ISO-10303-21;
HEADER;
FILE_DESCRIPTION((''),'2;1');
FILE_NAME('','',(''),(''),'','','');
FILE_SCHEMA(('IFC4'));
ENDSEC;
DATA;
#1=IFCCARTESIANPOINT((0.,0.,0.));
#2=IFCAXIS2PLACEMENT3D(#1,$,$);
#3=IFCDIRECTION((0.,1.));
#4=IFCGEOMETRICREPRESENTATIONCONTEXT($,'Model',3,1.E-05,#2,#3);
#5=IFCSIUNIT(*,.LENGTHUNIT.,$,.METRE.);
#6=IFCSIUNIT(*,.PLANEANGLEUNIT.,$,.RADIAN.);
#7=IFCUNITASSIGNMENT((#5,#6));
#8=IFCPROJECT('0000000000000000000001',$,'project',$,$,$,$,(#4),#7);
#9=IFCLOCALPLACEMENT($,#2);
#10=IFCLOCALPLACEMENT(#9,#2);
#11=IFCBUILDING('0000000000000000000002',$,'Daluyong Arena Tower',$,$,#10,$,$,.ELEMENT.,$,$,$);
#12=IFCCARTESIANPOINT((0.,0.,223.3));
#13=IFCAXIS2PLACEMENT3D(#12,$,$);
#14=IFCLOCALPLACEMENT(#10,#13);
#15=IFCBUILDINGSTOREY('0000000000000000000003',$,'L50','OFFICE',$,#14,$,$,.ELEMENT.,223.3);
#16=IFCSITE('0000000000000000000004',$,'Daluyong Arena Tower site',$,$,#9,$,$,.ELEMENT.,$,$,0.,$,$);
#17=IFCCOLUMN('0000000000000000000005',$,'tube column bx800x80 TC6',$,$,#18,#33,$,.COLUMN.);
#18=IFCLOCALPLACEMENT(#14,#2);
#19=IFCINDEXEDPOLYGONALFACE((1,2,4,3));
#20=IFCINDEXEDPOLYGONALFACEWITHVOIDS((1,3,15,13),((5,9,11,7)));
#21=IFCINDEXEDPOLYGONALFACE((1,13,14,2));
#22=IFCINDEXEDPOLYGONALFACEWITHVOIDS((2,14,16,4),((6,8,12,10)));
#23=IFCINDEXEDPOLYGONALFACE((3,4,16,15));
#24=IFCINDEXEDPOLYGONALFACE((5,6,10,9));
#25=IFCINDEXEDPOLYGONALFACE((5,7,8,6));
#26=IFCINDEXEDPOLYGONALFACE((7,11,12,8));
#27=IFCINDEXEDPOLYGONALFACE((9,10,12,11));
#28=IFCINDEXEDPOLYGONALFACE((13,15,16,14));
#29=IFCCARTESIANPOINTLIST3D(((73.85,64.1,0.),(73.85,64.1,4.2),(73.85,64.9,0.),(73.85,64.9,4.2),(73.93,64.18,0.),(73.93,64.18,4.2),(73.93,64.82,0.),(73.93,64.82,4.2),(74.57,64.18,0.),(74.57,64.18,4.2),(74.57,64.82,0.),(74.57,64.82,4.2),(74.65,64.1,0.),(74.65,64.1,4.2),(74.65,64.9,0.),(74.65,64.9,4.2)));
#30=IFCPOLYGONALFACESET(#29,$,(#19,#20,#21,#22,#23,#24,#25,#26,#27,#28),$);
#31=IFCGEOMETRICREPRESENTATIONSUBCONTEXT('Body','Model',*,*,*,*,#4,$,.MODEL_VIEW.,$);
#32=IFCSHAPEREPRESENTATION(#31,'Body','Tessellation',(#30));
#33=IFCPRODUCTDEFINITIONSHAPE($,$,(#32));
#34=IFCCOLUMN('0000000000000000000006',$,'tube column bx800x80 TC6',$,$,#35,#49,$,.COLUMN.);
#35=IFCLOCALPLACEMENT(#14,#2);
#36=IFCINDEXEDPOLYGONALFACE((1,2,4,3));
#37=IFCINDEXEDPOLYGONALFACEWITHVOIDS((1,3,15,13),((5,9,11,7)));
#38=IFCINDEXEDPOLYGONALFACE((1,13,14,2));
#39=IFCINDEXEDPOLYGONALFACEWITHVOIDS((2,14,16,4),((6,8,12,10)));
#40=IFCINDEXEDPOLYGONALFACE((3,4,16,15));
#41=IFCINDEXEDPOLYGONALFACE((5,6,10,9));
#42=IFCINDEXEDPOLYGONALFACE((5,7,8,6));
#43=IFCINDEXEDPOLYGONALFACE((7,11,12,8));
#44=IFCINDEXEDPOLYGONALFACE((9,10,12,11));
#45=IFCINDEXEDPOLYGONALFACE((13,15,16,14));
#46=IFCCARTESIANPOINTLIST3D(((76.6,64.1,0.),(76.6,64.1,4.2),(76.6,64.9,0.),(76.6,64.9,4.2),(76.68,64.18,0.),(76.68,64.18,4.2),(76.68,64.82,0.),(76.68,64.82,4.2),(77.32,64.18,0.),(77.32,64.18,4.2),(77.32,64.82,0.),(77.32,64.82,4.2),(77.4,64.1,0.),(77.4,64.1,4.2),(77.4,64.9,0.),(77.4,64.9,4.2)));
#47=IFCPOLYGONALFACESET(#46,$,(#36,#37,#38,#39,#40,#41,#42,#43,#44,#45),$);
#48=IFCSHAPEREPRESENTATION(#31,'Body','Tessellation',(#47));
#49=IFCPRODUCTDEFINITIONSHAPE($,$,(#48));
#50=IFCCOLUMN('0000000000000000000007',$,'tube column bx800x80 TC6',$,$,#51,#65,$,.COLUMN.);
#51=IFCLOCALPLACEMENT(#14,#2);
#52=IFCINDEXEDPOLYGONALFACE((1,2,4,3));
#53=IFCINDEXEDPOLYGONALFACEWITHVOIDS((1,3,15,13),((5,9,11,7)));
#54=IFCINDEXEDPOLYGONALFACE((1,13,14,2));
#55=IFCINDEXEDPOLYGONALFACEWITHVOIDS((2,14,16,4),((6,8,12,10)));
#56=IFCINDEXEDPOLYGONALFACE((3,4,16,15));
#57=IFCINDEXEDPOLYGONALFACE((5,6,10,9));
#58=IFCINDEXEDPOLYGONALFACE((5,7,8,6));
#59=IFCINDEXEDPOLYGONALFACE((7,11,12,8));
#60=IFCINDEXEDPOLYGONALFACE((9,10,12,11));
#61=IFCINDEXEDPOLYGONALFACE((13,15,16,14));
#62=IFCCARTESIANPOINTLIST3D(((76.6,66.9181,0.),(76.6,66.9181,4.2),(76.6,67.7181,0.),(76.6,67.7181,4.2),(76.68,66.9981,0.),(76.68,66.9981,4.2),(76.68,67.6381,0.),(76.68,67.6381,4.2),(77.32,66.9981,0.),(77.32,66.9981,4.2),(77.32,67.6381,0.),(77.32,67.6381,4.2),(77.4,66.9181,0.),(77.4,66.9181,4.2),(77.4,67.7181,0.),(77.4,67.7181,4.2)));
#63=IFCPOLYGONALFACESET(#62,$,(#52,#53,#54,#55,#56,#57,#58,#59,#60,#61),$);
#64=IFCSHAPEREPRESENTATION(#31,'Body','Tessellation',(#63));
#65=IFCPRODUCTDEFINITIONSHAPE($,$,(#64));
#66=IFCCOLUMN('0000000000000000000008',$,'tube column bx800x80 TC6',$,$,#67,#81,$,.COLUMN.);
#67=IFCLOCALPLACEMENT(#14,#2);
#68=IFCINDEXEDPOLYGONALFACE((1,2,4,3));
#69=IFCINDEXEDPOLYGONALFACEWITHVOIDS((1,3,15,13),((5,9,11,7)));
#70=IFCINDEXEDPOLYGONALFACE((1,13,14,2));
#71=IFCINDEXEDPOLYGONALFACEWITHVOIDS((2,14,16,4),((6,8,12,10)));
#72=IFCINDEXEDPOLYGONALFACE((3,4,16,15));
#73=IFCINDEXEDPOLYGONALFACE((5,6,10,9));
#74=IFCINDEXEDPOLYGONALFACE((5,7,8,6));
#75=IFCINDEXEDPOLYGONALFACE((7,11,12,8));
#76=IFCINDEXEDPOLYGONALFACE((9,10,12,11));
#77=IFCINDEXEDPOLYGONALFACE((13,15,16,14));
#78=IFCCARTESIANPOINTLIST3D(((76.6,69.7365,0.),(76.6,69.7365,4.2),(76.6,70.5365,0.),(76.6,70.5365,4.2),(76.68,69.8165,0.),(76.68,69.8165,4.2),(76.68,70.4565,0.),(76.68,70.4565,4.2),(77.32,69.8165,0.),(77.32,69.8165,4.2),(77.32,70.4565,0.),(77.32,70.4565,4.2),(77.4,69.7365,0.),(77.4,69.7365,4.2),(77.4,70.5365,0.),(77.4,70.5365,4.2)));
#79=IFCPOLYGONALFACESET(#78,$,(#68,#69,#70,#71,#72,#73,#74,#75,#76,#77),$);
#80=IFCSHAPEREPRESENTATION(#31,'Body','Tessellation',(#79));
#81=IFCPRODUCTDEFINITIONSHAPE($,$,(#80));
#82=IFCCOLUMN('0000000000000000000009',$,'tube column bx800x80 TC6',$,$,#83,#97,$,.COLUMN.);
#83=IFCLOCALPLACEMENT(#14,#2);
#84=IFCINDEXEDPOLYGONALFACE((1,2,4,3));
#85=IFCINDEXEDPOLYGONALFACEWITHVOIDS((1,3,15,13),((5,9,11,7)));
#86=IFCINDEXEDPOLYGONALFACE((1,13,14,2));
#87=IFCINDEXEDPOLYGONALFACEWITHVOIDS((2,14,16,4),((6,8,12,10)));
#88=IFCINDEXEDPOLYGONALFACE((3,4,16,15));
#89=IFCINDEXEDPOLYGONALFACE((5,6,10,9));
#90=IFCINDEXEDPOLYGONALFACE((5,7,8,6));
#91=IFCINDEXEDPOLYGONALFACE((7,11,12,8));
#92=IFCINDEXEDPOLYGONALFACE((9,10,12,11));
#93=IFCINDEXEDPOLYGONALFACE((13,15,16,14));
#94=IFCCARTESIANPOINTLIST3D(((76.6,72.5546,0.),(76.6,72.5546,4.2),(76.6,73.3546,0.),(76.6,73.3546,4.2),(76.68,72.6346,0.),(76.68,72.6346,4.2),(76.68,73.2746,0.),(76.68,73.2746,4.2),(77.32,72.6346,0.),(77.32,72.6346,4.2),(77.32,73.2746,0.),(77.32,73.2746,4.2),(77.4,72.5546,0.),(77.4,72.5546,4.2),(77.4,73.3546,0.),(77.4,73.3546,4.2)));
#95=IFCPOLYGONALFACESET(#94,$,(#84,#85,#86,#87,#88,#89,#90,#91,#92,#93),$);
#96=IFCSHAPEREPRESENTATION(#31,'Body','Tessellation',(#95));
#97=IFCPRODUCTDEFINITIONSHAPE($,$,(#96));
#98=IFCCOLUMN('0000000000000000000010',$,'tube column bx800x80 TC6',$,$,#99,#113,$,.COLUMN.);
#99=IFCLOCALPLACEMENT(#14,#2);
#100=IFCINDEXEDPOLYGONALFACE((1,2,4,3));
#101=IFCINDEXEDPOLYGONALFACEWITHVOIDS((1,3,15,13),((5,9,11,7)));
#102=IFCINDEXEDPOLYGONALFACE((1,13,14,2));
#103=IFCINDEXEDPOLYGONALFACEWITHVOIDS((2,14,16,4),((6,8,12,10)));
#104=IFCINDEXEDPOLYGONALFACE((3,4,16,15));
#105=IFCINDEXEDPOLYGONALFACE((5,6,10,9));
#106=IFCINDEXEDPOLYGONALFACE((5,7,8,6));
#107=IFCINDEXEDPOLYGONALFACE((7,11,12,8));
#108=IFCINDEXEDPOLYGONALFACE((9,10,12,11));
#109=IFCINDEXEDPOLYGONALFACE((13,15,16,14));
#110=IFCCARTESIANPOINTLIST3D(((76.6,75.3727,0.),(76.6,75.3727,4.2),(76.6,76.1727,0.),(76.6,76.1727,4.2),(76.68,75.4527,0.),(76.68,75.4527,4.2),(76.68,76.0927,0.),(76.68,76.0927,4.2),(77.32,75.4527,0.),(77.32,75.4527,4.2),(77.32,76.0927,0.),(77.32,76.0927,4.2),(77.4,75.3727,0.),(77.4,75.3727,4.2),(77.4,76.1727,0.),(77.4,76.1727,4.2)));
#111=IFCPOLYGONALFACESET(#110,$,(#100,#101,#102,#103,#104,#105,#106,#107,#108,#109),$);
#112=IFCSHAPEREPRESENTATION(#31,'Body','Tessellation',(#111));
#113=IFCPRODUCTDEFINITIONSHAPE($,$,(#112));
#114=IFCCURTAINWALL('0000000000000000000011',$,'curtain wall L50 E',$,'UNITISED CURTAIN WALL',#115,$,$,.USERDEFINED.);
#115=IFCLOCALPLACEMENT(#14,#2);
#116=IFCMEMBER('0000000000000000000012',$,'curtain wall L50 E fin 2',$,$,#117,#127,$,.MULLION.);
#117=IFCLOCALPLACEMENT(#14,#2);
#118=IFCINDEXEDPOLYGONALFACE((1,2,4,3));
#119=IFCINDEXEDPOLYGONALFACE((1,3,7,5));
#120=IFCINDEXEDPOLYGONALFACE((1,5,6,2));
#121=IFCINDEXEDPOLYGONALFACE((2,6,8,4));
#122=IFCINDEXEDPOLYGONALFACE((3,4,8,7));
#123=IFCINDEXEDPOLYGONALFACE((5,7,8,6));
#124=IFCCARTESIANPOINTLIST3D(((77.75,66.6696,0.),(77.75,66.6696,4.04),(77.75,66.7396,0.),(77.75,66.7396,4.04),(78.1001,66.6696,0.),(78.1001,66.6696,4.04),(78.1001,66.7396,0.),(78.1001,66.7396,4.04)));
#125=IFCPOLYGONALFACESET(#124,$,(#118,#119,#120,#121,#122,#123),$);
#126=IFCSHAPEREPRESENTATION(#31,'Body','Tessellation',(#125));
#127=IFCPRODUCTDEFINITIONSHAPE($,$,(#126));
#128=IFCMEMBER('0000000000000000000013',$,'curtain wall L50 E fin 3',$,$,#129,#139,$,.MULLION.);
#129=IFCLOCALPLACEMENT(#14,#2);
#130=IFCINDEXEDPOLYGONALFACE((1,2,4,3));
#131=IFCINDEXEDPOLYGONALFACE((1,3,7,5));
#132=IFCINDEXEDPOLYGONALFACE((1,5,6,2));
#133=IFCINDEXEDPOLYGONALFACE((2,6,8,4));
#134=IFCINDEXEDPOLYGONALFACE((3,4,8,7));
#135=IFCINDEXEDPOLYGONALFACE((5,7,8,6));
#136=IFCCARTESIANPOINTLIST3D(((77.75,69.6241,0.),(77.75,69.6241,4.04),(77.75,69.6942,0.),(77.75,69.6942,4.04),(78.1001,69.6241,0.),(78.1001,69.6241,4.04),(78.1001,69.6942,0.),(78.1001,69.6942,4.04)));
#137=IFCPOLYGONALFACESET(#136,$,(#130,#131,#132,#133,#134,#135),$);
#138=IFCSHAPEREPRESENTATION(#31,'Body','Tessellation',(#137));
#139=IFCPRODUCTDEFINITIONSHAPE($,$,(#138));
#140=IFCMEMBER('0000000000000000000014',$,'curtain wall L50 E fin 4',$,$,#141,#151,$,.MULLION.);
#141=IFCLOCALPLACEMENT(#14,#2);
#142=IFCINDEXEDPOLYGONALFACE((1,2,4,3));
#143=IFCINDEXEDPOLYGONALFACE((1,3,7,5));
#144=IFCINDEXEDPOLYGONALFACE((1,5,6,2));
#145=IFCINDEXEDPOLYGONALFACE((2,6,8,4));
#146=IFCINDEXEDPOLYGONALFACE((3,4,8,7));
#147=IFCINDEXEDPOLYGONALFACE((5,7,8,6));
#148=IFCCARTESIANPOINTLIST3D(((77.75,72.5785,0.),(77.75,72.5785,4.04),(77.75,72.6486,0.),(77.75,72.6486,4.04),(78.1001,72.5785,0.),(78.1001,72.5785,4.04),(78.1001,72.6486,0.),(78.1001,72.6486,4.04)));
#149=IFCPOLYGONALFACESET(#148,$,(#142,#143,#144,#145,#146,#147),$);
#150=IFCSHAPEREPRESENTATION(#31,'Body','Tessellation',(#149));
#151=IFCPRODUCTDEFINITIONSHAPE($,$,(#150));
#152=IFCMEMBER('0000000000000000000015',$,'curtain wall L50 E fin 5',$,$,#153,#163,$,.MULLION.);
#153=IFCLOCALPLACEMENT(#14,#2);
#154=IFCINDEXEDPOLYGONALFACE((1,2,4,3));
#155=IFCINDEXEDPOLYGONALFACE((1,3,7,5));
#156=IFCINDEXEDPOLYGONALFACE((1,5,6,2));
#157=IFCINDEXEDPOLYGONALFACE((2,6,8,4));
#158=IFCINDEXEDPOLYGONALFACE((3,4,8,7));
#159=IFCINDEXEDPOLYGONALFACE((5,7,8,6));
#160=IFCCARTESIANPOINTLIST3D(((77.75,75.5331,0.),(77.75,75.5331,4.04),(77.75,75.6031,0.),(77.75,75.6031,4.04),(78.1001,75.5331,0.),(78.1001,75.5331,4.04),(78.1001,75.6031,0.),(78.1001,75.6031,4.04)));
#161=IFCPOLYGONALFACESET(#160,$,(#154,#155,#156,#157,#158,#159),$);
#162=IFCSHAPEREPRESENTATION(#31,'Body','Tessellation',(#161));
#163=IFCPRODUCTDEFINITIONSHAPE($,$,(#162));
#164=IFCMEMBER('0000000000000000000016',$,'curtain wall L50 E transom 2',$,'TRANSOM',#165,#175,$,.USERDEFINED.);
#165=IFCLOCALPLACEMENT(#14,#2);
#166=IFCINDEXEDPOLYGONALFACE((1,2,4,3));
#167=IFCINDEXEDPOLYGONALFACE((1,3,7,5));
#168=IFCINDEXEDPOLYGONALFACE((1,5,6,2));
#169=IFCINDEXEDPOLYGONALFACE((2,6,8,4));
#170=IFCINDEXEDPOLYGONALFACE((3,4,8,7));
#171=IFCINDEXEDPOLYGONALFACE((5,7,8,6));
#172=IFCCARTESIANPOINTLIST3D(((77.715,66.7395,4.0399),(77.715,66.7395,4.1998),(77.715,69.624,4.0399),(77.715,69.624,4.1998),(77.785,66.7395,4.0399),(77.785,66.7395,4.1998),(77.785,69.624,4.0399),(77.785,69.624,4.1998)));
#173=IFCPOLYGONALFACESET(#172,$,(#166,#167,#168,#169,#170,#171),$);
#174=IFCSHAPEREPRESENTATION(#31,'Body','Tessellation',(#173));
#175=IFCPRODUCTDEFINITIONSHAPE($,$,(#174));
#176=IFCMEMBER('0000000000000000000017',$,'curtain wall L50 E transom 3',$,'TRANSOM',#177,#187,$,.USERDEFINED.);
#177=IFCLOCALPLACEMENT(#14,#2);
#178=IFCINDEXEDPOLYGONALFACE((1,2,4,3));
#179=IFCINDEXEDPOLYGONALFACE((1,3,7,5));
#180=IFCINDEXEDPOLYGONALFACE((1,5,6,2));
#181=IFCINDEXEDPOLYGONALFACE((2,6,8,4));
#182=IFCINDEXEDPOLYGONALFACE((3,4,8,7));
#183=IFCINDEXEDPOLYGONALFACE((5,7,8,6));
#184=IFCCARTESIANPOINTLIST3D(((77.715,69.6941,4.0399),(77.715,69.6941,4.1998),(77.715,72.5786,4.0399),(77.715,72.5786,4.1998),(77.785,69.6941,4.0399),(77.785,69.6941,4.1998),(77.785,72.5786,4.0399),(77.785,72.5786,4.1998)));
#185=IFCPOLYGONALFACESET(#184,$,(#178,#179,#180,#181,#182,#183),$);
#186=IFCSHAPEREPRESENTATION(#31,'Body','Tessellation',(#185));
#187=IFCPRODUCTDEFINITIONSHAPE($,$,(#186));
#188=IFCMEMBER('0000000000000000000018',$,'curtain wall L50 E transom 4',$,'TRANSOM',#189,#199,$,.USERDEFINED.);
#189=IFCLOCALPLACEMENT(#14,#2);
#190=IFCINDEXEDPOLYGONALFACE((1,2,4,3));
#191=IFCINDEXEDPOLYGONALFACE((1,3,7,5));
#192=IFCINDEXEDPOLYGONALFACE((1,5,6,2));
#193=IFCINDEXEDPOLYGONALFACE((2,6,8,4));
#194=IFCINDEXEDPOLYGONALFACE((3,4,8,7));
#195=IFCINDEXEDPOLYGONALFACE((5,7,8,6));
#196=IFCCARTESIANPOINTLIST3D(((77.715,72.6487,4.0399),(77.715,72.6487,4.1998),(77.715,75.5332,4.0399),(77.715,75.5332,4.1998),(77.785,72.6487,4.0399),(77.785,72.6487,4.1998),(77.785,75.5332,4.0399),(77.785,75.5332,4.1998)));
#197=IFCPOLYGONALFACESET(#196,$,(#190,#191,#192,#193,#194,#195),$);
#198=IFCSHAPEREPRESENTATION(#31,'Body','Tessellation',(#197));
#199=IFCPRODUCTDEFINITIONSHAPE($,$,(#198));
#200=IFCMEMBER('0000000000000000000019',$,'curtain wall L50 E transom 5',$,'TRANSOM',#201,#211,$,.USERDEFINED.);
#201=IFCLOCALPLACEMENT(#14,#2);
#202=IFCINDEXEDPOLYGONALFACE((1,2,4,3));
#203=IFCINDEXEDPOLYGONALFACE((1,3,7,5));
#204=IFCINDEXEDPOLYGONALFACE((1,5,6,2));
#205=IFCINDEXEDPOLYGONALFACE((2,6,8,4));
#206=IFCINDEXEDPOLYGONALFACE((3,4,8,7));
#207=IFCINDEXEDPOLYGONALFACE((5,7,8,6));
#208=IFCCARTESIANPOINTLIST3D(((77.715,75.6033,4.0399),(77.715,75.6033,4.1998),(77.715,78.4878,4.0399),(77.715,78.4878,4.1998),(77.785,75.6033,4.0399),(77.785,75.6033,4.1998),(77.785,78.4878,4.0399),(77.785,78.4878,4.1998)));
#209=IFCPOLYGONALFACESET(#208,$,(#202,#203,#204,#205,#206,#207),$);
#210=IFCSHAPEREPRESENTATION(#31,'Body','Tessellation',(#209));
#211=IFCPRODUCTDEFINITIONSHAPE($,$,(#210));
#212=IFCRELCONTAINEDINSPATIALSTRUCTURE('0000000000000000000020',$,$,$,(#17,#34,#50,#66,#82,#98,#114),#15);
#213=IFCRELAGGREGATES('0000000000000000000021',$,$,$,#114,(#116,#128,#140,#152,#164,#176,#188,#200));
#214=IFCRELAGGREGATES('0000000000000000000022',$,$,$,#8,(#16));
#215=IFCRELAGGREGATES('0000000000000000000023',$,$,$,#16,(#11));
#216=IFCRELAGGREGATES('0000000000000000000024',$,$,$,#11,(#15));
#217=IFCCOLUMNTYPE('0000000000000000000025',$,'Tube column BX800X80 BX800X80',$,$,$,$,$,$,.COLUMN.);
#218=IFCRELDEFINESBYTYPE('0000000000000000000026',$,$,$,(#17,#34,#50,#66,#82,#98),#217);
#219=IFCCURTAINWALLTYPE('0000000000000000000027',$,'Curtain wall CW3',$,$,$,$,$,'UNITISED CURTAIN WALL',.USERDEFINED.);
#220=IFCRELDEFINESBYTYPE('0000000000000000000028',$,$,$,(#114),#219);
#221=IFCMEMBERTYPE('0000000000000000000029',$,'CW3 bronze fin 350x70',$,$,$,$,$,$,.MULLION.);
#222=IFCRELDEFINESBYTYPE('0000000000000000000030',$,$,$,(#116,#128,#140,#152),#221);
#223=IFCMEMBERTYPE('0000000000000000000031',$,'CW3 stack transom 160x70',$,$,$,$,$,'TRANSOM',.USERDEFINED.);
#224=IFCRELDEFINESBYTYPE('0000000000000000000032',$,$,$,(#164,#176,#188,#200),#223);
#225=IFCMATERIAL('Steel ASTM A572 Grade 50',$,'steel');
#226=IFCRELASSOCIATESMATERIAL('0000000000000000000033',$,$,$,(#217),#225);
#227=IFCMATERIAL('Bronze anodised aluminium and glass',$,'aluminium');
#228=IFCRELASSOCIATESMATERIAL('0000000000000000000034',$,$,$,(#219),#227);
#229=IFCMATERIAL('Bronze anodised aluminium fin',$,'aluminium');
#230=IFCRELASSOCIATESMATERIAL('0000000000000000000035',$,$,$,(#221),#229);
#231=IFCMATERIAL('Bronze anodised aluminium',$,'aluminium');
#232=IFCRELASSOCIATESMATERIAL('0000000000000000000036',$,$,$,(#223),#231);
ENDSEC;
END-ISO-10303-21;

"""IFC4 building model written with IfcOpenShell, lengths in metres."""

from ifc_helpers import new_model, si_unit, direction, frame, origin, origin_2d, place, context, subcontext, project, spatial, rectangle, hollow_rectangle, extrude, material, material_profile, profile_set, type_object, element, aggregate, save


model = new_model("IFC4")

# Units and contexts
model_context = context("Model", 3, precision=1e-05, world=origin(), true_north=direction((0.0, 1.0)))
body_context = subcontext(model_context, "Body", "Model", "MODEL_VIEW")
ifc_project = project(units=[si_unit("LENGTHUNIT", "METRE"), si_unit("PLANEANGLEUNIT", "RADIAN")], contexts=[model_context])

# Site, building, storey
site_placement = place(None, origin())
site = spatial("IfcSite", under=ifc_project, at=site_placement, Name="Daluyong Arena Tower site", CompositionType="ELEMENT", RefElevation=0.0)
building_placement = place(site_placement, origin())
building = spatial("IfcBuilding", under=site, at=building_placement, Name="Daluyong Arena Tower", CompositionType="ELEMENT")
storey_placement = place(building_placement, frame((0.0, 0.0, 223.3)))
storey = spatial("IfcBuildingStorey", under=building, at=storey_placement, Name="L50", Description="OFFICE", CompositionType="ELEMENT", Elevation=223.3)

# Columns
ifc_material_1 = material(Name="Steel ASTM A572 Grade 50", Category="steel")
ifc_material_profile_1 = material_profile(ifc_material_1, hollow_rectangle(XDim=0.8, YDim=0.8, WallThickness=0.08, at=origin_2d()))
ifc_profile_set_1 = profile_set([ifc_material_profile_1], Name="Steel ASTM A572 Grade 50")
column_type = type_object("IfcColumnType", Name="Tube column BX800X80 BX800X80", PredefinedType="COLUMN", material=ifc_profile_set_1)
for number, where, z_axis, x_axis, name in (
    (1, (74.25, 64.5, 0.0), (0.0, 0.0, 1.0), (1.0, 0.0, 0.0), "tube column bx800x80 TC6"),
    (2, (77.0, 64.5, 0.0), (0.0, 0.0, 1.0), (0.0, 1.0, 0.0), "tube column bx800x80 TC6"),
    (3, (77.0, 67.3181, 0.0), (0.0, 0.0, 1.0), (0.0, 1.0, 0.0), "tube column bx800x80 TC6"),
    (4, (77.0, 70.1365, 0.0), (0.0, 0.0, 1.0), (0.0, 1.0, 0.0), "tube column bx800x80 TC6"),
    (5, (77.0, 72.9546, 0.0), (0.0, 0.0, 1.0), (0.0, 1.0, 0.0), "tube column bx800x80 TC6"),
    (6, (77.0, 75.7727, 0.0), (0.0, 0.0, 1.0), (0.0, 1.0, 0.0), "tube column bx800x80 TC6"),
):
    element("IfcColumn", number, at=place(storey_placement, frame(where, z_axis=z_axis, x_axis=x_axis)), inside=storey, type_object=column_type, Name=name, PredefinedType="COLUMN", context=body_context, shape_type="SweptSolid", body=[
        extrude(hollow_rectangle(XDim=0.8, YDim=0.8, WallThickness=0.08, at=origin_2d()), origin(), (0.0, 0.0, 1.0), 4.2),
    ])

# Curtain wall, members
ifc_material_2 = material(Name="Bronze anodised aluminium and glass", Category="aluminium")
curtain_wall_type = type_object("IfcCurtainWallType", Name="Curtain wall CW3", ElementType="UNITISED CURTAIN WALL", PredefinedType="USERDEFINED", material=ifc_material_2)
curtain_wall_placement = place(storey_placement, origin())
curtain_wall = element("IfcCurtainWall", 7, at=curtain_wall_placement, inside=storey, type_object=curtain_wall_type, Name="curtain wall L50 E", ObjectType="UNITISED CURTAIN WALL", PredefinedType="USERDEFINED")
ifc_material_3 = material(Name="Bronze anodised aluminium fin", Category="aluminium")
ifc_material_profile_2 = material_profile(ifc_material_3, rectangle(XDim=0.3501, YDim=0.0701, at=origin_2d()))
ifc_profile_set_2 = profile_set([ifc_material_profile_2], Name="Bronze anodised aluminium fin")
member_type_1 = type_object("IfcMemberType", Name="CW3 bronze fin 350x70", PredefinedType="MULLION", material=ifc_profile_set_2)
member_1_placement = place(storey_placement, frame((77.925, 66.7046, 0.0), z_axis=(0.0, 0.0, 1.0), x_axis=(-1.0, 0.0, 0.0)))
member_1 = element("IfcMember", 8, at=member_1_placement, type_object=member_type_1, Name="curtain wall L50 E fin 2", PredefinedType="MULLION", context=body_context, shape_type="SweptSolid", body=[
    extrude(rectangle(XDim=0.3501, YDim=0.0701, at=origin_2d()), origin(), (0.0, 0.0, 1.0), 4.04),
])
member_2_placement = place(storey_placement, frame((77.925, 69.6592, 0.0), z_axis=(0.0, 0.0, 1.0), x_axis=(-1.0, 0.0, 0.0)))
member_2 = element("IfcMember", 9, at=member_2_placement, type_object=member_type_1, Name="curtain wall L50 E fin 3", PredefinedType="MULLION", context=body_context, shape_type="SweptSolid", body=[
    extrude(rectangle(XDim=0.3501, YDim=0.0701, at=origin_2d()), origin(), (0.0, 0.0, 1.0), 4.04),
])
member_3_placement = place(storey_placement, frame((77.925, 72.6135, 0.0), z_axis=(0.0, 0.0, 1.0), x_axis=(-1.0, 0.0, 0.0)))
member_3 = element("IfcMember", 10, at=member_3_placement, type_object=member_type_1, Name="curtain wall L50 E fin 4", PredefinedType="MULLION", context=body_context, shape_type="SweptSolid", body=[
    extrude(rectangle(XDim=0.3501, YDim=0.0701, at=origin_2d()), origin(), (0.0, 0.0, 1.0), 4.04),
])
member_4_placement = place(storey_placement, frame((77.925, 75.5681, 0.0), z_axis=(0.0, 0.0, 1.0), x_axis=(-1.0, 0.0, 0.0)))
member_4 = element("IfcMember", 11, at=member_4_placement, type_object=member_type_1, Name="curtain wall L50 E fin 5", PredefinedType="MULLION", context=body_context, shape_type="SweptSolid", body=[
    extrude(rectangle(XDim=0.3501, YDim=0.0701, at=origin_2d()), origin(), (0.0, 0.0, 1.0), 4.04),
])
ifc_material_4 = material(Name="Bronze anodised aluminium", Category="aluminium")
ifc_material_profile_3 = material_profile(ifc_material_4, rectangle(XDim=0.0701, YDim=0.1599, at=origin_2d()))
ifc_profile_set_3 = profile_set([ifc_material_profile_3], Name="Bronze anodised aluminium")
member_type_2 = type_object("IfcMemberType", Name="CW3 stack transom 160x70", ElementType="TRANSOM", PredefinedType="USERDEFINED", material=ifc_profile_set_3)
member_5_placement = place(storey_placement, frame((77.75, 66.7395, 4.1199), z_axis=(0.0, 1.0, 0.0), x_axis=(-1.0, 0.0, 0.0)))
member_5 = element("IfcMember", 12, at=member_5_placement, type_object=member_type_2, Name="curtain wall L50 E transom 2", ObjectType="TRANSOM", PredefinedType="USERDEFINED", context=body_context, shape_type="SweptSolid", body=[
    extrude(rectangle(XDim=0.0701, YDim=0.1599, at=origin_2d()), origin(), (0.0, 0.0, 1.0), 2.8845),
])
member_6_placement = place(storey_placement, frame((77.75, 69.6941, 4.1199), z_axis=(0.0, 1.0, 0.0), x_axis=(-1.0, 0.0, 0.0)))
member_6 = element("IfcMember", 13, at=member_6_placement, type_object=member_type_2, Name="curtain wall L50 E transom 3", ObjectType="TRANSOM", PredefinedType="USERDEFINED", context=body_context, shape_type="SweptSolid", body=[
    extrude(rectangle(XDim=0.0701, YDim=0.1599, at=origin_2d()), origin(), (0.0, 0.0, 1.0), 2.8845),
])
member_7_placement = place(storey_placement, frame((77.75, 72.6487, 4.1199), z_axis=(0.0, 1.0, 0.0), x_axis=(-1.0, 0.0, 0.0)))
member_7 = element("IfcMember", 14, at=member_7_placement, type_object=member_type_2, Name="curtain wall L50 E transom 4", ObjectType="TRANSOM", PredefinedType="USERDEFINED", context=body_context, shape_type="SweptSolid", body=[
    extrude(rectangle(XDim=0.0701, YDim=0.1599, at=origin_2d()), origin(), (0.0, 0.0, 1.0), 2.8845),
])
member_8_placement = place(storey_placement, frame((77.75, 75.6033, 4.1199), z_axis=(0.0, 1.0, 0.0), x_axis=(-1.0, 0.0, 0.0)))
member_8 = element("IfcMember", 15, at=member_8_placement, type_object=member_type_2, Name="curtain wall L50 E transom 5", ObjectType="TRANSOM", PredefinedType="USERDEFINED", context=body_context, shape_type="SweptSolid", body=[
    extrude(rectangle(XDim=0.0701, YDim=0.1599, at=origin_2d()), origin(), (0.0, 0.0, 1.0), 2.8845),
])

aggregate(curtain_wall, [member_1, member_2, member_3, member_4, member_5, member_6, member_7, member_8])

save(model, "model.ifc")
